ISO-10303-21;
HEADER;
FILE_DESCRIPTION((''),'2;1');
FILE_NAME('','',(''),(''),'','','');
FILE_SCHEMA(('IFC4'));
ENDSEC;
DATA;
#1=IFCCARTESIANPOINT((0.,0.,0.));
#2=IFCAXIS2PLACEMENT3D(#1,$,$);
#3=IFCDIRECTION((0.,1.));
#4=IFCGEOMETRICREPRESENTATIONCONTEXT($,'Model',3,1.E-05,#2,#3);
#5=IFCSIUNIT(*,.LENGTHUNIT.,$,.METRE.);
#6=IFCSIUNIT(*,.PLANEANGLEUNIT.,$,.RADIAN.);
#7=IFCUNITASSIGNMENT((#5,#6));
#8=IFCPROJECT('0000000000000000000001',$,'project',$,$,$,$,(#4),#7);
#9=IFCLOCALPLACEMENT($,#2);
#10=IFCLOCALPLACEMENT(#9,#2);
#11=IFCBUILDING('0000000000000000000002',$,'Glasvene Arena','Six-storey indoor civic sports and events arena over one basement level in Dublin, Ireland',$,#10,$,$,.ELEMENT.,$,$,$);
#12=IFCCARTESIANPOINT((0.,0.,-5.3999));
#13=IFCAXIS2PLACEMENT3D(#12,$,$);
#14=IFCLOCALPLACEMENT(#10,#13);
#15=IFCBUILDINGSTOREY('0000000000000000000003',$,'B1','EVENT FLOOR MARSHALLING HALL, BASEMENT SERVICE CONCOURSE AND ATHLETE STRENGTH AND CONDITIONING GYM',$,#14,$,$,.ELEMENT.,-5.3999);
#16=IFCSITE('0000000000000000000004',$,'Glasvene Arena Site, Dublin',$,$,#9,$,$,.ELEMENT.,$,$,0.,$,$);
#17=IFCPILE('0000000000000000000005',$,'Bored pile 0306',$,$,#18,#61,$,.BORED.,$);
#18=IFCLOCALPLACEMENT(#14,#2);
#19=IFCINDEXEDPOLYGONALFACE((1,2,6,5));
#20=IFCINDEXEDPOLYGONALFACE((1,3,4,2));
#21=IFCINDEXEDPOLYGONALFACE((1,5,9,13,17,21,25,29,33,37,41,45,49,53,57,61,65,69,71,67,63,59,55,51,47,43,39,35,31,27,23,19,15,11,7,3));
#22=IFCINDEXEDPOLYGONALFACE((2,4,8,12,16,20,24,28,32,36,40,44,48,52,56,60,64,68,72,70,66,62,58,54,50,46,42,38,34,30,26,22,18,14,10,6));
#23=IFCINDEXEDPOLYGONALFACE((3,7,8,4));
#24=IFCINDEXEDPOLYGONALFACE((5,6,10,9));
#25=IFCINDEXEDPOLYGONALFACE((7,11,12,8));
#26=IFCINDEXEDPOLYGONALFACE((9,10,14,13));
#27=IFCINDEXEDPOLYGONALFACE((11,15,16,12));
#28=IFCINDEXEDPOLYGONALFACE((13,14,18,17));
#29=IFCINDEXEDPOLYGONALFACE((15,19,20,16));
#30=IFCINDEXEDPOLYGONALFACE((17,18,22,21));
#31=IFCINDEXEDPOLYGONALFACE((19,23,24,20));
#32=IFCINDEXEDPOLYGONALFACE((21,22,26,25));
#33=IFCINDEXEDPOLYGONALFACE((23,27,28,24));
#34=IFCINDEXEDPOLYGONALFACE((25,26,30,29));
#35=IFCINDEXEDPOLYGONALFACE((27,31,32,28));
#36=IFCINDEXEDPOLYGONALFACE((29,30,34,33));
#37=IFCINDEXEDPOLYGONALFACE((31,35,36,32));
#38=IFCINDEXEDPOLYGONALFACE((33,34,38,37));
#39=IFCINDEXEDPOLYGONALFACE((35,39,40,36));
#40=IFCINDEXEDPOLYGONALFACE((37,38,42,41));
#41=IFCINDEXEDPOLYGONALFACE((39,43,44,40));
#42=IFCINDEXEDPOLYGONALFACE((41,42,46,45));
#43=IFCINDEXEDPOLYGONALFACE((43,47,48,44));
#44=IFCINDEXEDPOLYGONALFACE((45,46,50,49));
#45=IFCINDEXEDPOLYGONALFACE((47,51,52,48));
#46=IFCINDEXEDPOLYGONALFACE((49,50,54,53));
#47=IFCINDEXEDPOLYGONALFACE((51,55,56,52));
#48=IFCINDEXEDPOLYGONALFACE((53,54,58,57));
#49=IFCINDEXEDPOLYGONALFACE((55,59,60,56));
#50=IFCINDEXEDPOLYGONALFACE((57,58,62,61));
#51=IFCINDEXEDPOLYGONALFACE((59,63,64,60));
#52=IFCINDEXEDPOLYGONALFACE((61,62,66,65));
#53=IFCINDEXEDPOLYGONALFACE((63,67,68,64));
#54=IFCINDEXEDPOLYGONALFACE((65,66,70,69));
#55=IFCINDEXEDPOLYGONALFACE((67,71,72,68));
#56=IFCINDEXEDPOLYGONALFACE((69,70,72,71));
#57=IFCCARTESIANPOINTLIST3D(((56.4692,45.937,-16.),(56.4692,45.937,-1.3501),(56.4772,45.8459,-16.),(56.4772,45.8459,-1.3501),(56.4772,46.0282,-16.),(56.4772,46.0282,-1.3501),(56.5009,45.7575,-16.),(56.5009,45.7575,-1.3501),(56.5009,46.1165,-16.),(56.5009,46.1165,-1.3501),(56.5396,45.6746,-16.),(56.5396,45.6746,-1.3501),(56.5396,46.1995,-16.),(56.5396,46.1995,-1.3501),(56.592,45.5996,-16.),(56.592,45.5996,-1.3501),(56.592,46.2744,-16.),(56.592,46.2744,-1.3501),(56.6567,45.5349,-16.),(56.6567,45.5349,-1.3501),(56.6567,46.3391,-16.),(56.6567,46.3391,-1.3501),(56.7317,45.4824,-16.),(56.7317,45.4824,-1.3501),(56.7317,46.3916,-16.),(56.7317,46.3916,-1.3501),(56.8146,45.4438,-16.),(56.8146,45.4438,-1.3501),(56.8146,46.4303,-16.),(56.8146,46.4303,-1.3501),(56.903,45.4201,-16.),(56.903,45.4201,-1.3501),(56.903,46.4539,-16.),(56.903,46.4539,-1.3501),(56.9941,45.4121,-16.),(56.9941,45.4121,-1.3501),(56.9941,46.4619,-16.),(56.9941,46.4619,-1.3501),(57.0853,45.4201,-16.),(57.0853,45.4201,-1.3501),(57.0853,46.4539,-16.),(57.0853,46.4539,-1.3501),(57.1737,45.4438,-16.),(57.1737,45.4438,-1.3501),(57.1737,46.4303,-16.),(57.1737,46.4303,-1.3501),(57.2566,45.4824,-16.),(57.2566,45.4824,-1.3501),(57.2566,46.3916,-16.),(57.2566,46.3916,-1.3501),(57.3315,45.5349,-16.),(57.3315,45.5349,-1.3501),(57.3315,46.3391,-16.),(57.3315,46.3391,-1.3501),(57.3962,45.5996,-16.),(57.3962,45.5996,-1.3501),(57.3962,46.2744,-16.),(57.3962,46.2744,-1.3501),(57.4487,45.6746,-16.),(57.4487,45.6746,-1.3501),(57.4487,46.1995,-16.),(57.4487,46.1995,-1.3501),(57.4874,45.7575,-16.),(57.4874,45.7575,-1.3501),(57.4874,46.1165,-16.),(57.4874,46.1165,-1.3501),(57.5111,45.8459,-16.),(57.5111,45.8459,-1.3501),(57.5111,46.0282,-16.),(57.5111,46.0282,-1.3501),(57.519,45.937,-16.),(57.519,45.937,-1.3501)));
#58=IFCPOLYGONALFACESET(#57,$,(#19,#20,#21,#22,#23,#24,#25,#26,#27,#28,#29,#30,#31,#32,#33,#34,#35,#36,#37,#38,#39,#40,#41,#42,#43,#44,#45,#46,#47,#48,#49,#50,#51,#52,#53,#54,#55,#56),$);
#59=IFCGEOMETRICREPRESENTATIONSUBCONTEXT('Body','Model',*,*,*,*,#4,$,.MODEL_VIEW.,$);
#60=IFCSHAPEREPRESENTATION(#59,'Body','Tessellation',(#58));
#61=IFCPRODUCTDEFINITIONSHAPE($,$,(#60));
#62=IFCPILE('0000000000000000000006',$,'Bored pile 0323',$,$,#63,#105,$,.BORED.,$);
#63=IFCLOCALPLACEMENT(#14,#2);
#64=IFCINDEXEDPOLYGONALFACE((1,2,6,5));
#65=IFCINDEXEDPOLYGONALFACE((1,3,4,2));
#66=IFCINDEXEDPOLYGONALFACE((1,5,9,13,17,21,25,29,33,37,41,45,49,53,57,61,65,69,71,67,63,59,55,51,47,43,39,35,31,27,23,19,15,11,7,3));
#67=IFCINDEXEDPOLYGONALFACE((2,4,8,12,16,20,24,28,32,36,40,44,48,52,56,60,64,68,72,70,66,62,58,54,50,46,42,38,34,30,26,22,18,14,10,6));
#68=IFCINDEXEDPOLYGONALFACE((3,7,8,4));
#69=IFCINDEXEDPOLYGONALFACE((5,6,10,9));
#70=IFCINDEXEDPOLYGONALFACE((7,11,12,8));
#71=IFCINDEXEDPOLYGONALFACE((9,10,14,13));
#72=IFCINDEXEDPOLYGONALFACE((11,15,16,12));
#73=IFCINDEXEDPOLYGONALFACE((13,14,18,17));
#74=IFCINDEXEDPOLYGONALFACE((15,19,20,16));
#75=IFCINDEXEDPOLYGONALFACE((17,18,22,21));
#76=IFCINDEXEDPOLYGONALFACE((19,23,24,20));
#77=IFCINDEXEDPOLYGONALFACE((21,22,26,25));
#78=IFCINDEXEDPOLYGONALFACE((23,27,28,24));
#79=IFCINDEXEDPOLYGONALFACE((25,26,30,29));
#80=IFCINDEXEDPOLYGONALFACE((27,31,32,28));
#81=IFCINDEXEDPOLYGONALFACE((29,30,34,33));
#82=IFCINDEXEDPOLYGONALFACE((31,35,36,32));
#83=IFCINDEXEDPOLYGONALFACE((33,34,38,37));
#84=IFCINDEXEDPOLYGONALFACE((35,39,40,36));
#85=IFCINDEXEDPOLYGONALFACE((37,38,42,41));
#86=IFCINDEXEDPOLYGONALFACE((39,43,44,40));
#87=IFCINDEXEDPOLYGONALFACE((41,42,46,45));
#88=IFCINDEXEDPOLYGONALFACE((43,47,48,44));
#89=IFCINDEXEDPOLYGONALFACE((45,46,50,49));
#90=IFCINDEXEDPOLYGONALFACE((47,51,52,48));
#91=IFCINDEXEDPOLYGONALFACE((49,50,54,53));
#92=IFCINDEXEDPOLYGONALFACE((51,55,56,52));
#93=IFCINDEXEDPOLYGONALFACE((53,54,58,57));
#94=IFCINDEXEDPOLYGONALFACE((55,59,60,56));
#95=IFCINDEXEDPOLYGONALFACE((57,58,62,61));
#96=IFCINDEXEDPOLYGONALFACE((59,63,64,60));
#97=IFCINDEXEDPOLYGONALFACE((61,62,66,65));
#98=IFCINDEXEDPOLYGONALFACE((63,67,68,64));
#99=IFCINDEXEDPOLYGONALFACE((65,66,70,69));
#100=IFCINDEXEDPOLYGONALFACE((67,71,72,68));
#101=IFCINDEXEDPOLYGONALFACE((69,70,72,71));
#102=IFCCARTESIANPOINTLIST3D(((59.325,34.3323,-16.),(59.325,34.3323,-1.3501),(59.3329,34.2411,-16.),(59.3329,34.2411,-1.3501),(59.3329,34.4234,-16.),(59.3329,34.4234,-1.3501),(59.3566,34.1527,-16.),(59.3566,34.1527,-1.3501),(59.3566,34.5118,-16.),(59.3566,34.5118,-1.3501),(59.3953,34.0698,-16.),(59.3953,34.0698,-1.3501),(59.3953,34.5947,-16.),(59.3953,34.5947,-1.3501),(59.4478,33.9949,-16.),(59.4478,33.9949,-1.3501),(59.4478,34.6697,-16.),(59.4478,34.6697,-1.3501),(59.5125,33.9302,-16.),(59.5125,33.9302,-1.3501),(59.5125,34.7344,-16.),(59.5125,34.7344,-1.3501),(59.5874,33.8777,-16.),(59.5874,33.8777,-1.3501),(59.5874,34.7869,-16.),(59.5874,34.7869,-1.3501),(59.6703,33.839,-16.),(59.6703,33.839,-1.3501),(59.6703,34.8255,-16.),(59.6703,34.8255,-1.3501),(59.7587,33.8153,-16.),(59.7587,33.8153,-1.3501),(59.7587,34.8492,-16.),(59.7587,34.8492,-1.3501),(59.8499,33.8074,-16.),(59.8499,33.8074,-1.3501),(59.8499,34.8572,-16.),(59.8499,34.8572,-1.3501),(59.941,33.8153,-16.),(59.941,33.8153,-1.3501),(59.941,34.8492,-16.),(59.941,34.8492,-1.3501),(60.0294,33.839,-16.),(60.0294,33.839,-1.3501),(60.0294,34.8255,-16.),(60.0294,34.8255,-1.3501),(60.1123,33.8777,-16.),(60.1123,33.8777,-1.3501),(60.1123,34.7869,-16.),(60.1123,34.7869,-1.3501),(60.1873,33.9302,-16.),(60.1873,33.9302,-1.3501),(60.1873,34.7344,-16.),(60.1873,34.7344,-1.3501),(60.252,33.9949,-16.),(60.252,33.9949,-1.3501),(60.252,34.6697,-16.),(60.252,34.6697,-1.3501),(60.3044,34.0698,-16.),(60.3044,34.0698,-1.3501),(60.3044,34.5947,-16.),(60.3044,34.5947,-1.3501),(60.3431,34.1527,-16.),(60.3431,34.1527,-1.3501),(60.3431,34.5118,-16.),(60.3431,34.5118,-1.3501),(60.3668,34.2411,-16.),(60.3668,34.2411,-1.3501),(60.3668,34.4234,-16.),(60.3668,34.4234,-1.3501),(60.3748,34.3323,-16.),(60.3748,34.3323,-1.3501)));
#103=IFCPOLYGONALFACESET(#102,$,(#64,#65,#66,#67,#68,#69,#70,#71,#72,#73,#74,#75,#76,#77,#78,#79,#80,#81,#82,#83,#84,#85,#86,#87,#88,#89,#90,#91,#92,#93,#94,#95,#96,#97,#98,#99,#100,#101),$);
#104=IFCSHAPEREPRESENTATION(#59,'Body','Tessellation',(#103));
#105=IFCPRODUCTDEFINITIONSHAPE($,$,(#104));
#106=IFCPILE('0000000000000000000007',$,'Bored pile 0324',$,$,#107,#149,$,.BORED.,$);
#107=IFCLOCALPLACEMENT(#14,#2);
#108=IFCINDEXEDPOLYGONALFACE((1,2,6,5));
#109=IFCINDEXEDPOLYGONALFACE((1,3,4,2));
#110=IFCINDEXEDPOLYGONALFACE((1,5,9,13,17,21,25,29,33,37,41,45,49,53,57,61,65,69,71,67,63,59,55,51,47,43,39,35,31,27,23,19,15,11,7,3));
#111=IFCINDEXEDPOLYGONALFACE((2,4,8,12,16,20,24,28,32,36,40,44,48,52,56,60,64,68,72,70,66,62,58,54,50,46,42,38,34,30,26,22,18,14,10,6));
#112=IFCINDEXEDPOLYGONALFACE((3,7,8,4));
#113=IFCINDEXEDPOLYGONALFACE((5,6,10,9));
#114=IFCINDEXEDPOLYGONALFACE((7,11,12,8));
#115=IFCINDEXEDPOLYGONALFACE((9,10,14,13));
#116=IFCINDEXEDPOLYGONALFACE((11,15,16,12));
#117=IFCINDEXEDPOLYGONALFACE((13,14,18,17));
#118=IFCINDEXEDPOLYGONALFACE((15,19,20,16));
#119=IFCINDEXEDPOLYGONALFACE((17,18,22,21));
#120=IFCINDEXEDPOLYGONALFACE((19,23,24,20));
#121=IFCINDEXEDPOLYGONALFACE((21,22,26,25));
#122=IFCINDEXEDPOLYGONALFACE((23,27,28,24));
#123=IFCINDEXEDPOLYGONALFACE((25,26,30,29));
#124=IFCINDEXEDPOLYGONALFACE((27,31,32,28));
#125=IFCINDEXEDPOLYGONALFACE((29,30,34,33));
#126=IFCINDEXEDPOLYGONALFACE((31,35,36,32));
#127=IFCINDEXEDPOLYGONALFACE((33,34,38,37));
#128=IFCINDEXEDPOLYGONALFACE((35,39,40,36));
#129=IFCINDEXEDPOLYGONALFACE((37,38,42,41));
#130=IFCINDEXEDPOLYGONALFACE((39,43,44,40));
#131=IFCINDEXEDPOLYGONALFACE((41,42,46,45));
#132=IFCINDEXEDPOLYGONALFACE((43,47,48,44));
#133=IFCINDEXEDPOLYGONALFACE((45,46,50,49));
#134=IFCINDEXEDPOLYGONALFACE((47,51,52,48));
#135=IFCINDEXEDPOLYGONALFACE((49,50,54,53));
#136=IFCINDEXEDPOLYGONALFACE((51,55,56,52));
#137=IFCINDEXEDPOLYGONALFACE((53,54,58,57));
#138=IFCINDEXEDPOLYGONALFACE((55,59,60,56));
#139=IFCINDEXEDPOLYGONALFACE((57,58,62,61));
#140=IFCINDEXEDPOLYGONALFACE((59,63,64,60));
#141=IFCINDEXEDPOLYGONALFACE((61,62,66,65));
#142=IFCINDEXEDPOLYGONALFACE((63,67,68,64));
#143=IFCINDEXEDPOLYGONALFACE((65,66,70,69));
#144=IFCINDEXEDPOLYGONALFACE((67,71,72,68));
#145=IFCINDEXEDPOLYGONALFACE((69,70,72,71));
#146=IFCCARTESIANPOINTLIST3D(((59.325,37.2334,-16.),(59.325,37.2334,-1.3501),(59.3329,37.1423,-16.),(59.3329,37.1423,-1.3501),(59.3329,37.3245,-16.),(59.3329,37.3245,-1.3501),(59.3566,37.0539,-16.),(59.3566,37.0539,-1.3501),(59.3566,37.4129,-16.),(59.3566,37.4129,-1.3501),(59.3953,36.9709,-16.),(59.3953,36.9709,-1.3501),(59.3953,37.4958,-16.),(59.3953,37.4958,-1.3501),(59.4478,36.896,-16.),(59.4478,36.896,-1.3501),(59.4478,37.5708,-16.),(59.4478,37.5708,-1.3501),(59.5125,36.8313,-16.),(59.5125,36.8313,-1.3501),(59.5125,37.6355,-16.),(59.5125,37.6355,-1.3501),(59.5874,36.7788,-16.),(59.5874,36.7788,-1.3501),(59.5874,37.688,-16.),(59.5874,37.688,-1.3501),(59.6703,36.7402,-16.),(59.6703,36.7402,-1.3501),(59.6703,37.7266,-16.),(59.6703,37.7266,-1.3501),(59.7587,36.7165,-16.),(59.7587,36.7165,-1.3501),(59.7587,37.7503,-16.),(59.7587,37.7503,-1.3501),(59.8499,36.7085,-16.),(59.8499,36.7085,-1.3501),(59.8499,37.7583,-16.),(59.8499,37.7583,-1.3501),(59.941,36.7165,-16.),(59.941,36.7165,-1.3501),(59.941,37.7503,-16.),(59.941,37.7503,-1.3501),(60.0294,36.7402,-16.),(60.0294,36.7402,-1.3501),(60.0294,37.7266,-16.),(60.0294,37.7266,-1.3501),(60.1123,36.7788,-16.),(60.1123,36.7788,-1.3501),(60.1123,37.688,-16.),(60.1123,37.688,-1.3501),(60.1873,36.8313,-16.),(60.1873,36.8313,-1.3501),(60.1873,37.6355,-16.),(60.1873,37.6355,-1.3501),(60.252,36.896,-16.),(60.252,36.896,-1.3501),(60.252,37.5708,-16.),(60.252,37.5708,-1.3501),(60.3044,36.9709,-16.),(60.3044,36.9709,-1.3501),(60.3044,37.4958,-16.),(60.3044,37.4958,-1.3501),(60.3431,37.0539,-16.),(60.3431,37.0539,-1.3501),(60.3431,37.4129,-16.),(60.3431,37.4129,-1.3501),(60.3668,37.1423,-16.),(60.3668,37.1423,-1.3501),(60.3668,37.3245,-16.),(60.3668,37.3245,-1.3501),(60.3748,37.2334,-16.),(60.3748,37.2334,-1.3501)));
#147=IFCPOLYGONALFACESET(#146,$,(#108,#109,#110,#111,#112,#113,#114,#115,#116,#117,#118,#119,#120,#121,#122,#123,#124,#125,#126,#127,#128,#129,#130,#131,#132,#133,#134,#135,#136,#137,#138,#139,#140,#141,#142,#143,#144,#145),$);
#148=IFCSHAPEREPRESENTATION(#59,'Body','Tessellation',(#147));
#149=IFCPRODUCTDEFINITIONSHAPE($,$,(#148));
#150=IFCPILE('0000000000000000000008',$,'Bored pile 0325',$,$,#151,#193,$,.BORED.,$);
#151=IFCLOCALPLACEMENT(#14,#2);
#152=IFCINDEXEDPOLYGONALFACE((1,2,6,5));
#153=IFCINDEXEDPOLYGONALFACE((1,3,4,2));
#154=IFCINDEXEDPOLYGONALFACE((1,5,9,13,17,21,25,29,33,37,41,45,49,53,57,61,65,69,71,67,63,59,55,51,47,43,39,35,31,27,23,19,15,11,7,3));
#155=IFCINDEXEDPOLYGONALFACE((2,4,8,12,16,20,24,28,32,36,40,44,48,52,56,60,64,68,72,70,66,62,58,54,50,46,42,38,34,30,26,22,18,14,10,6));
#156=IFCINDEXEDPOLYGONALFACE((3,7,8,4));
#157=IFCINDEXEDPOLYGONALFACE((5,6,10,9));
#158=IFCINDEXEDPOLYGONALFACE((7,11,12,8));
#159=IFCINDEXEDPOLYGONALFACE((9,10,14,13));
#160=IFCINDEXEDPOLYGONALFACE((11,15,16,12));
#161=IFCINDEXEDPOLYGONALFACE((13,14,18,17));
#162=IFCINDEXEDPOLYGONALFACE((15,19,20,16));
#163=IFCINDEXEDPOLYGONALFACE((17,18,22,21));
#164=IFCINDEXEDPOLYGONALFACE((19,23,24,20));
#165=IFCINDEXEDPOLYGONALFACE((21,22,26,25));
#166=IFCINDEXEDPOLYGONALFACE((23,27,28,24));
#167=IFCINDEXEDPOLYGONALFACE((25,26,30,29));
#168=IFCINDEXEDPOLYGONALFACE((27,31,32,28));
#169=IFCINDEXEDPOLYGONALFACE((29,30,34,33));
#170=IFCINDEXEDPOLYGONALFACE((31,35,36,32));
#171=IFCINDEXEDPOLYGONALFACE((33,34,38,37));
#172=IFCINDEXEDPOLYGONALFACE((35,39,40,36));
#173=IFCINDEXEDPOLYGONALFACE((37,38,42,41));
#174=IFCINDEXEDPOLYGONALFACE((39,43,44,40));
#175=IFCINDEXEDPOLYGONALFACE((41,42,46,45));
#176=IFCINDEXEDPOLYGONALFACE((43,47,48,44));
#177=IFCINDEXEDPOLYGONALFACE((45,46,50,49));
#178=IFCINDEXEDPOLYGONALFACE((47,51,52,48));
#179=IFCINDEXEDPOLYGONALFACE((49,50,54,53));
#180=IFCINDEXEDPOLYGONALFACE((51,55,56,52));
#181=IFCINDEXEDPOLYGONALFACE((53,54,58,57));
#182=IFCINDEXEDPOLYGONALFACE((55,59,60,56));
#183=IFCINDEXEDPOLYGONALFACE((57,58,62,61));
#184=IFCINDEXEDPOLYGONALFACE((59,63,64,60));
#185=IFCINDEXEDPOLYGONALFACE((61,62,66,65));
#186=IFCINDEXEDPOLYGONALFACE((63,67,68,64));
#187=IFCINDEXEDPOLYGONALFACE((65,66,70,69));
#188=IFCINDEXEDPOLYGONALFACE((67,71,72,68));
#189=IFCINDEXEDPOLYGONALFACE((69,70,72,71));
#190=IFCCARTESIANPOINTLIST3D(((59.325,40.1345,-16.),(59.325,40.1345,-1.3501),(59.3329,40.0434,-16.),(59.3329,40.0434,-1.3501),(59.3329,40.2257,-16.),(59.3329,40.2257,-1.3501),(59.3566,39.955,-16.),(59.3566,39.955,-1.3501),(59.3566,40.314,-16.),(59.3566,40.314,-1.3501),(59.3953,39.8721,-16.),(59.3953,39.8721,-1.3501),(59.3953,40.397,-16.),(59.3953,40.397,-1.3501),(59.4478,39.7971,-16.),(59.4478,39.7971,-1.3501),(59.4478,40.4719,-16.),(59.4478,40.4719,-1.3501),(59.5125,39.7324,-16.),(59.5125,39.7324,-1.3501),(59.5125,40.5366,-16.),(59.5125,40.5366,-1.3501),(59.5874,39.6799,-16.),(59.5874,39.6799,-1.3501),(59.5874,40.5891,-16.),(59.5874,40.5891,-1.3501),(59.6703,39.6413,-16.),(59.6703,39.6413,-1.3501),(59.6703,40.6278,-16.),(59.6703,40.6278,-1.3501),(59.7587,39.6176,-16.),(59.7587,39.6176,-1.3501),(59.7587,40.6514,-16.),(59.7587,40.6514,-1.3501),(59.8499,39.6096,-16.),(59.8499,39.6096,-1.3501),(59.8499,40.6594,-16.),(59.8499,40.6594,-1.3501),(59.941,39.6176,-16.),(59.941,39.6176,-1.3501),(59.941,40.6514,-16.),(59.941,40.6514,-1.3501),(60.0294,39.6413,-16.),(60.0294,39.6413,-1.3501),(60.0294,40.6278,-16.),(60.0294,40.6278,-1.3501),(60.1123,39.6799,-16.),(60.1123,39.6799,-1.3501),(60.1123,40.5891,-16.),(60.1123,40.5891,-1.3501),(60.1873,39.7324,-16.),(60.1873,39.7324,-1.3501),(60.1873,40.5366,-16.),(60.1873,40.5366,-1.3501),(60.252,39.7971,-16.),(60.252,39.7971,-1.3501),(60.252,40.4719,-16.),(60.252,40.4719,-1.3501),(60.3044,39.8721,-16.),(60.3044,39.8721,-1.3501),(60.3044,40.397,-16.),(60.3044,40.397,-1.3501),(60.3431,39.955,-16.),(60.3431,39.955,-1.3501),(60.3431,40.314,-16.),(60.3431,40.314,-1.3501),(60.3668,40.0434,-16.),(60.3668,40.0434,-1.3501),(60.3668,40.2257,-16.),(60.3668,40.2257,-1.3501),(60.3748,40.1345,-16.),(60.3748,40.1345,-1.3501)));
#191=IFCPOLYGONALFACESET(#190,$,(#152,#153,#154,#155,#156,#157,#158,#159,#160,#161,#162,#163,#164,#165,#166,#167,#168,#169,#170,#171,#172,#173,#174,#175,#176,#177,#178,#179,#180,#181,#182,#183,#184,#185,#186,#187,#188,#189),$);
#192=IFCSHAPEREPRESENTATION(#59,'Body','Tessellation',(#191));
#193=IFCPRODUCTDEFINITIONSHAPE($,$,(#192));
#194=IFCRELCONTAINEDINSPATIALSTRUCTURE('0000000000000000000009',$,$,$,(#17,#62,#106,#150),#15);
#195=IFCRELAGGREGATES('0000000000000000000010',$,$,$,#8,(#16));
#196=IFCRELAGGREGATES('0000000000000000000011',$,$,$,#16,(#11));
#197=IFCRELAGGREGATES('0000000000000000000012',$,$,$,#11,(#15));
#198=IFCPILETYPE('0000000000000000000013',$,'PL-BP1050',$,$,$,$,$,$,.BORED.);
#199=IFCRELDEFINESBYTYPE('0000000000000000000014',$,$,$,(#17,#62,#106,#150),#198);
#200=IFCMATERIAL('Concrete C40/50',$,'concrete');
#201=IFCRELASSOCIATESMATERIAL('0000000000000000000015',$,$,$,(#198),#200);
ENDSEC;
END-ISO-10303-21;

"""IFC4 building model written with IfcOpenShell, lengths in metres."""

from ifc_helpers import new_model, si_unit, direction, frame, origin, origin_2d, place, context, subcontext, project, spatial, circle, extrude, material, material_profile, profile_set, type_object, element, save


model = new_model("IFC4")

# Units and contexts
model_context = context("Model", 3, precision=1e-05, world=origin(), true_north=direction((0.0, 1.0)))
body_context = subcontext(model_context, "Body", "Model", "MODEL_VIEW")
ifc_project = project(units=[si_unit("LENGTHUNIT", "METRE"), si_unit("PLANEANGLEUNIT", "RADIAN")], contexts=[model_context])

# Site, building, storey
site_placement = place(None, origin())
site = spatial("IfcSite", under=ifc_project, at=site_placement, Name="Glasvene Arena Site, Dublin", CompositionType="ELEMENT", RefElevation=0.0)
building_placement = place(site_placement, origin())
building = spatial("IfcBuilding", under=site, at=building_placement, Name="Glasvene Arena", Description="Six-storey indoor civic sports and events arena over one basement level in Dublin, Ireland", CompositionType="ELEMENT")
storey_placement = place(building_placement, frame((0.0, 0.0, -5.3999)))
storey = spatial("IfcBuildingStorey", under=building, at=storey_placement, Name="B1", Description="EVENT FLOOR MARSHALLING HALL, BASEMENT SERVICE CONCOURSE AND ATHLETE STRENGTH AND CONDITIONING GYM", CompositionType="ELEMENT", Elevation=-5.3999)

# Shared definitions
ifc_material_1 = material(Name="Concrete C40/50", Category="concrete")

# Piles
ifc_material_profile_1 = material_profile(ifc_material_1, circle(Radius=0.5249, at=origin_2d()), Name="BORED PILE 1050")
ifc_profile_set_1 = profile_set([ifc_material_profile_1], Name="Concrete C40/50")
pile_type = type_object("IfcPileType", Name="PL-BP1050", PredefinedType="BORED", material=ifc_profile_set_1)
for number, where, z_axis, x_axis, name in (
    (1, (56.9941, 45.937, -1.3501), (0.0, 0.0, -1.0), (1.0, 0.0, 0.0), "Bored pile 0306"),
    (2, (59.8499, 34.3323, -1.3501), (0.0, 0.0, -1.0), (1.0, 0.0, 0.0), "Bored pile 0323"),
    (3, (59.8499, 37.2334, -1.3501), (0.0, 0.0, -1.0), (1.0, 0.0, 0.0), "Bored pile 0324"),
    (4, (59.8499, 40.1345, -1.3501), (0.0, 0.0, -1.0), (1.0, 0.0, 0.0), "Bored pile 0325"),
):
    element("IfcPile", number, at=place(storey_placement, frame(where, z_axis=z_axis, x_axis=x_axis)), inside=storey, type_object=pile_type, Name=name, PredefinedType="BORED", context=body_context, shape_type="SweptSolid", body=[
        extrude(circle(Radius=0.5249, at=origin_2d()), origin(), (0.0, 0.0, 1.0), 14.6499),
    ])

save(model, "model.ifc")
